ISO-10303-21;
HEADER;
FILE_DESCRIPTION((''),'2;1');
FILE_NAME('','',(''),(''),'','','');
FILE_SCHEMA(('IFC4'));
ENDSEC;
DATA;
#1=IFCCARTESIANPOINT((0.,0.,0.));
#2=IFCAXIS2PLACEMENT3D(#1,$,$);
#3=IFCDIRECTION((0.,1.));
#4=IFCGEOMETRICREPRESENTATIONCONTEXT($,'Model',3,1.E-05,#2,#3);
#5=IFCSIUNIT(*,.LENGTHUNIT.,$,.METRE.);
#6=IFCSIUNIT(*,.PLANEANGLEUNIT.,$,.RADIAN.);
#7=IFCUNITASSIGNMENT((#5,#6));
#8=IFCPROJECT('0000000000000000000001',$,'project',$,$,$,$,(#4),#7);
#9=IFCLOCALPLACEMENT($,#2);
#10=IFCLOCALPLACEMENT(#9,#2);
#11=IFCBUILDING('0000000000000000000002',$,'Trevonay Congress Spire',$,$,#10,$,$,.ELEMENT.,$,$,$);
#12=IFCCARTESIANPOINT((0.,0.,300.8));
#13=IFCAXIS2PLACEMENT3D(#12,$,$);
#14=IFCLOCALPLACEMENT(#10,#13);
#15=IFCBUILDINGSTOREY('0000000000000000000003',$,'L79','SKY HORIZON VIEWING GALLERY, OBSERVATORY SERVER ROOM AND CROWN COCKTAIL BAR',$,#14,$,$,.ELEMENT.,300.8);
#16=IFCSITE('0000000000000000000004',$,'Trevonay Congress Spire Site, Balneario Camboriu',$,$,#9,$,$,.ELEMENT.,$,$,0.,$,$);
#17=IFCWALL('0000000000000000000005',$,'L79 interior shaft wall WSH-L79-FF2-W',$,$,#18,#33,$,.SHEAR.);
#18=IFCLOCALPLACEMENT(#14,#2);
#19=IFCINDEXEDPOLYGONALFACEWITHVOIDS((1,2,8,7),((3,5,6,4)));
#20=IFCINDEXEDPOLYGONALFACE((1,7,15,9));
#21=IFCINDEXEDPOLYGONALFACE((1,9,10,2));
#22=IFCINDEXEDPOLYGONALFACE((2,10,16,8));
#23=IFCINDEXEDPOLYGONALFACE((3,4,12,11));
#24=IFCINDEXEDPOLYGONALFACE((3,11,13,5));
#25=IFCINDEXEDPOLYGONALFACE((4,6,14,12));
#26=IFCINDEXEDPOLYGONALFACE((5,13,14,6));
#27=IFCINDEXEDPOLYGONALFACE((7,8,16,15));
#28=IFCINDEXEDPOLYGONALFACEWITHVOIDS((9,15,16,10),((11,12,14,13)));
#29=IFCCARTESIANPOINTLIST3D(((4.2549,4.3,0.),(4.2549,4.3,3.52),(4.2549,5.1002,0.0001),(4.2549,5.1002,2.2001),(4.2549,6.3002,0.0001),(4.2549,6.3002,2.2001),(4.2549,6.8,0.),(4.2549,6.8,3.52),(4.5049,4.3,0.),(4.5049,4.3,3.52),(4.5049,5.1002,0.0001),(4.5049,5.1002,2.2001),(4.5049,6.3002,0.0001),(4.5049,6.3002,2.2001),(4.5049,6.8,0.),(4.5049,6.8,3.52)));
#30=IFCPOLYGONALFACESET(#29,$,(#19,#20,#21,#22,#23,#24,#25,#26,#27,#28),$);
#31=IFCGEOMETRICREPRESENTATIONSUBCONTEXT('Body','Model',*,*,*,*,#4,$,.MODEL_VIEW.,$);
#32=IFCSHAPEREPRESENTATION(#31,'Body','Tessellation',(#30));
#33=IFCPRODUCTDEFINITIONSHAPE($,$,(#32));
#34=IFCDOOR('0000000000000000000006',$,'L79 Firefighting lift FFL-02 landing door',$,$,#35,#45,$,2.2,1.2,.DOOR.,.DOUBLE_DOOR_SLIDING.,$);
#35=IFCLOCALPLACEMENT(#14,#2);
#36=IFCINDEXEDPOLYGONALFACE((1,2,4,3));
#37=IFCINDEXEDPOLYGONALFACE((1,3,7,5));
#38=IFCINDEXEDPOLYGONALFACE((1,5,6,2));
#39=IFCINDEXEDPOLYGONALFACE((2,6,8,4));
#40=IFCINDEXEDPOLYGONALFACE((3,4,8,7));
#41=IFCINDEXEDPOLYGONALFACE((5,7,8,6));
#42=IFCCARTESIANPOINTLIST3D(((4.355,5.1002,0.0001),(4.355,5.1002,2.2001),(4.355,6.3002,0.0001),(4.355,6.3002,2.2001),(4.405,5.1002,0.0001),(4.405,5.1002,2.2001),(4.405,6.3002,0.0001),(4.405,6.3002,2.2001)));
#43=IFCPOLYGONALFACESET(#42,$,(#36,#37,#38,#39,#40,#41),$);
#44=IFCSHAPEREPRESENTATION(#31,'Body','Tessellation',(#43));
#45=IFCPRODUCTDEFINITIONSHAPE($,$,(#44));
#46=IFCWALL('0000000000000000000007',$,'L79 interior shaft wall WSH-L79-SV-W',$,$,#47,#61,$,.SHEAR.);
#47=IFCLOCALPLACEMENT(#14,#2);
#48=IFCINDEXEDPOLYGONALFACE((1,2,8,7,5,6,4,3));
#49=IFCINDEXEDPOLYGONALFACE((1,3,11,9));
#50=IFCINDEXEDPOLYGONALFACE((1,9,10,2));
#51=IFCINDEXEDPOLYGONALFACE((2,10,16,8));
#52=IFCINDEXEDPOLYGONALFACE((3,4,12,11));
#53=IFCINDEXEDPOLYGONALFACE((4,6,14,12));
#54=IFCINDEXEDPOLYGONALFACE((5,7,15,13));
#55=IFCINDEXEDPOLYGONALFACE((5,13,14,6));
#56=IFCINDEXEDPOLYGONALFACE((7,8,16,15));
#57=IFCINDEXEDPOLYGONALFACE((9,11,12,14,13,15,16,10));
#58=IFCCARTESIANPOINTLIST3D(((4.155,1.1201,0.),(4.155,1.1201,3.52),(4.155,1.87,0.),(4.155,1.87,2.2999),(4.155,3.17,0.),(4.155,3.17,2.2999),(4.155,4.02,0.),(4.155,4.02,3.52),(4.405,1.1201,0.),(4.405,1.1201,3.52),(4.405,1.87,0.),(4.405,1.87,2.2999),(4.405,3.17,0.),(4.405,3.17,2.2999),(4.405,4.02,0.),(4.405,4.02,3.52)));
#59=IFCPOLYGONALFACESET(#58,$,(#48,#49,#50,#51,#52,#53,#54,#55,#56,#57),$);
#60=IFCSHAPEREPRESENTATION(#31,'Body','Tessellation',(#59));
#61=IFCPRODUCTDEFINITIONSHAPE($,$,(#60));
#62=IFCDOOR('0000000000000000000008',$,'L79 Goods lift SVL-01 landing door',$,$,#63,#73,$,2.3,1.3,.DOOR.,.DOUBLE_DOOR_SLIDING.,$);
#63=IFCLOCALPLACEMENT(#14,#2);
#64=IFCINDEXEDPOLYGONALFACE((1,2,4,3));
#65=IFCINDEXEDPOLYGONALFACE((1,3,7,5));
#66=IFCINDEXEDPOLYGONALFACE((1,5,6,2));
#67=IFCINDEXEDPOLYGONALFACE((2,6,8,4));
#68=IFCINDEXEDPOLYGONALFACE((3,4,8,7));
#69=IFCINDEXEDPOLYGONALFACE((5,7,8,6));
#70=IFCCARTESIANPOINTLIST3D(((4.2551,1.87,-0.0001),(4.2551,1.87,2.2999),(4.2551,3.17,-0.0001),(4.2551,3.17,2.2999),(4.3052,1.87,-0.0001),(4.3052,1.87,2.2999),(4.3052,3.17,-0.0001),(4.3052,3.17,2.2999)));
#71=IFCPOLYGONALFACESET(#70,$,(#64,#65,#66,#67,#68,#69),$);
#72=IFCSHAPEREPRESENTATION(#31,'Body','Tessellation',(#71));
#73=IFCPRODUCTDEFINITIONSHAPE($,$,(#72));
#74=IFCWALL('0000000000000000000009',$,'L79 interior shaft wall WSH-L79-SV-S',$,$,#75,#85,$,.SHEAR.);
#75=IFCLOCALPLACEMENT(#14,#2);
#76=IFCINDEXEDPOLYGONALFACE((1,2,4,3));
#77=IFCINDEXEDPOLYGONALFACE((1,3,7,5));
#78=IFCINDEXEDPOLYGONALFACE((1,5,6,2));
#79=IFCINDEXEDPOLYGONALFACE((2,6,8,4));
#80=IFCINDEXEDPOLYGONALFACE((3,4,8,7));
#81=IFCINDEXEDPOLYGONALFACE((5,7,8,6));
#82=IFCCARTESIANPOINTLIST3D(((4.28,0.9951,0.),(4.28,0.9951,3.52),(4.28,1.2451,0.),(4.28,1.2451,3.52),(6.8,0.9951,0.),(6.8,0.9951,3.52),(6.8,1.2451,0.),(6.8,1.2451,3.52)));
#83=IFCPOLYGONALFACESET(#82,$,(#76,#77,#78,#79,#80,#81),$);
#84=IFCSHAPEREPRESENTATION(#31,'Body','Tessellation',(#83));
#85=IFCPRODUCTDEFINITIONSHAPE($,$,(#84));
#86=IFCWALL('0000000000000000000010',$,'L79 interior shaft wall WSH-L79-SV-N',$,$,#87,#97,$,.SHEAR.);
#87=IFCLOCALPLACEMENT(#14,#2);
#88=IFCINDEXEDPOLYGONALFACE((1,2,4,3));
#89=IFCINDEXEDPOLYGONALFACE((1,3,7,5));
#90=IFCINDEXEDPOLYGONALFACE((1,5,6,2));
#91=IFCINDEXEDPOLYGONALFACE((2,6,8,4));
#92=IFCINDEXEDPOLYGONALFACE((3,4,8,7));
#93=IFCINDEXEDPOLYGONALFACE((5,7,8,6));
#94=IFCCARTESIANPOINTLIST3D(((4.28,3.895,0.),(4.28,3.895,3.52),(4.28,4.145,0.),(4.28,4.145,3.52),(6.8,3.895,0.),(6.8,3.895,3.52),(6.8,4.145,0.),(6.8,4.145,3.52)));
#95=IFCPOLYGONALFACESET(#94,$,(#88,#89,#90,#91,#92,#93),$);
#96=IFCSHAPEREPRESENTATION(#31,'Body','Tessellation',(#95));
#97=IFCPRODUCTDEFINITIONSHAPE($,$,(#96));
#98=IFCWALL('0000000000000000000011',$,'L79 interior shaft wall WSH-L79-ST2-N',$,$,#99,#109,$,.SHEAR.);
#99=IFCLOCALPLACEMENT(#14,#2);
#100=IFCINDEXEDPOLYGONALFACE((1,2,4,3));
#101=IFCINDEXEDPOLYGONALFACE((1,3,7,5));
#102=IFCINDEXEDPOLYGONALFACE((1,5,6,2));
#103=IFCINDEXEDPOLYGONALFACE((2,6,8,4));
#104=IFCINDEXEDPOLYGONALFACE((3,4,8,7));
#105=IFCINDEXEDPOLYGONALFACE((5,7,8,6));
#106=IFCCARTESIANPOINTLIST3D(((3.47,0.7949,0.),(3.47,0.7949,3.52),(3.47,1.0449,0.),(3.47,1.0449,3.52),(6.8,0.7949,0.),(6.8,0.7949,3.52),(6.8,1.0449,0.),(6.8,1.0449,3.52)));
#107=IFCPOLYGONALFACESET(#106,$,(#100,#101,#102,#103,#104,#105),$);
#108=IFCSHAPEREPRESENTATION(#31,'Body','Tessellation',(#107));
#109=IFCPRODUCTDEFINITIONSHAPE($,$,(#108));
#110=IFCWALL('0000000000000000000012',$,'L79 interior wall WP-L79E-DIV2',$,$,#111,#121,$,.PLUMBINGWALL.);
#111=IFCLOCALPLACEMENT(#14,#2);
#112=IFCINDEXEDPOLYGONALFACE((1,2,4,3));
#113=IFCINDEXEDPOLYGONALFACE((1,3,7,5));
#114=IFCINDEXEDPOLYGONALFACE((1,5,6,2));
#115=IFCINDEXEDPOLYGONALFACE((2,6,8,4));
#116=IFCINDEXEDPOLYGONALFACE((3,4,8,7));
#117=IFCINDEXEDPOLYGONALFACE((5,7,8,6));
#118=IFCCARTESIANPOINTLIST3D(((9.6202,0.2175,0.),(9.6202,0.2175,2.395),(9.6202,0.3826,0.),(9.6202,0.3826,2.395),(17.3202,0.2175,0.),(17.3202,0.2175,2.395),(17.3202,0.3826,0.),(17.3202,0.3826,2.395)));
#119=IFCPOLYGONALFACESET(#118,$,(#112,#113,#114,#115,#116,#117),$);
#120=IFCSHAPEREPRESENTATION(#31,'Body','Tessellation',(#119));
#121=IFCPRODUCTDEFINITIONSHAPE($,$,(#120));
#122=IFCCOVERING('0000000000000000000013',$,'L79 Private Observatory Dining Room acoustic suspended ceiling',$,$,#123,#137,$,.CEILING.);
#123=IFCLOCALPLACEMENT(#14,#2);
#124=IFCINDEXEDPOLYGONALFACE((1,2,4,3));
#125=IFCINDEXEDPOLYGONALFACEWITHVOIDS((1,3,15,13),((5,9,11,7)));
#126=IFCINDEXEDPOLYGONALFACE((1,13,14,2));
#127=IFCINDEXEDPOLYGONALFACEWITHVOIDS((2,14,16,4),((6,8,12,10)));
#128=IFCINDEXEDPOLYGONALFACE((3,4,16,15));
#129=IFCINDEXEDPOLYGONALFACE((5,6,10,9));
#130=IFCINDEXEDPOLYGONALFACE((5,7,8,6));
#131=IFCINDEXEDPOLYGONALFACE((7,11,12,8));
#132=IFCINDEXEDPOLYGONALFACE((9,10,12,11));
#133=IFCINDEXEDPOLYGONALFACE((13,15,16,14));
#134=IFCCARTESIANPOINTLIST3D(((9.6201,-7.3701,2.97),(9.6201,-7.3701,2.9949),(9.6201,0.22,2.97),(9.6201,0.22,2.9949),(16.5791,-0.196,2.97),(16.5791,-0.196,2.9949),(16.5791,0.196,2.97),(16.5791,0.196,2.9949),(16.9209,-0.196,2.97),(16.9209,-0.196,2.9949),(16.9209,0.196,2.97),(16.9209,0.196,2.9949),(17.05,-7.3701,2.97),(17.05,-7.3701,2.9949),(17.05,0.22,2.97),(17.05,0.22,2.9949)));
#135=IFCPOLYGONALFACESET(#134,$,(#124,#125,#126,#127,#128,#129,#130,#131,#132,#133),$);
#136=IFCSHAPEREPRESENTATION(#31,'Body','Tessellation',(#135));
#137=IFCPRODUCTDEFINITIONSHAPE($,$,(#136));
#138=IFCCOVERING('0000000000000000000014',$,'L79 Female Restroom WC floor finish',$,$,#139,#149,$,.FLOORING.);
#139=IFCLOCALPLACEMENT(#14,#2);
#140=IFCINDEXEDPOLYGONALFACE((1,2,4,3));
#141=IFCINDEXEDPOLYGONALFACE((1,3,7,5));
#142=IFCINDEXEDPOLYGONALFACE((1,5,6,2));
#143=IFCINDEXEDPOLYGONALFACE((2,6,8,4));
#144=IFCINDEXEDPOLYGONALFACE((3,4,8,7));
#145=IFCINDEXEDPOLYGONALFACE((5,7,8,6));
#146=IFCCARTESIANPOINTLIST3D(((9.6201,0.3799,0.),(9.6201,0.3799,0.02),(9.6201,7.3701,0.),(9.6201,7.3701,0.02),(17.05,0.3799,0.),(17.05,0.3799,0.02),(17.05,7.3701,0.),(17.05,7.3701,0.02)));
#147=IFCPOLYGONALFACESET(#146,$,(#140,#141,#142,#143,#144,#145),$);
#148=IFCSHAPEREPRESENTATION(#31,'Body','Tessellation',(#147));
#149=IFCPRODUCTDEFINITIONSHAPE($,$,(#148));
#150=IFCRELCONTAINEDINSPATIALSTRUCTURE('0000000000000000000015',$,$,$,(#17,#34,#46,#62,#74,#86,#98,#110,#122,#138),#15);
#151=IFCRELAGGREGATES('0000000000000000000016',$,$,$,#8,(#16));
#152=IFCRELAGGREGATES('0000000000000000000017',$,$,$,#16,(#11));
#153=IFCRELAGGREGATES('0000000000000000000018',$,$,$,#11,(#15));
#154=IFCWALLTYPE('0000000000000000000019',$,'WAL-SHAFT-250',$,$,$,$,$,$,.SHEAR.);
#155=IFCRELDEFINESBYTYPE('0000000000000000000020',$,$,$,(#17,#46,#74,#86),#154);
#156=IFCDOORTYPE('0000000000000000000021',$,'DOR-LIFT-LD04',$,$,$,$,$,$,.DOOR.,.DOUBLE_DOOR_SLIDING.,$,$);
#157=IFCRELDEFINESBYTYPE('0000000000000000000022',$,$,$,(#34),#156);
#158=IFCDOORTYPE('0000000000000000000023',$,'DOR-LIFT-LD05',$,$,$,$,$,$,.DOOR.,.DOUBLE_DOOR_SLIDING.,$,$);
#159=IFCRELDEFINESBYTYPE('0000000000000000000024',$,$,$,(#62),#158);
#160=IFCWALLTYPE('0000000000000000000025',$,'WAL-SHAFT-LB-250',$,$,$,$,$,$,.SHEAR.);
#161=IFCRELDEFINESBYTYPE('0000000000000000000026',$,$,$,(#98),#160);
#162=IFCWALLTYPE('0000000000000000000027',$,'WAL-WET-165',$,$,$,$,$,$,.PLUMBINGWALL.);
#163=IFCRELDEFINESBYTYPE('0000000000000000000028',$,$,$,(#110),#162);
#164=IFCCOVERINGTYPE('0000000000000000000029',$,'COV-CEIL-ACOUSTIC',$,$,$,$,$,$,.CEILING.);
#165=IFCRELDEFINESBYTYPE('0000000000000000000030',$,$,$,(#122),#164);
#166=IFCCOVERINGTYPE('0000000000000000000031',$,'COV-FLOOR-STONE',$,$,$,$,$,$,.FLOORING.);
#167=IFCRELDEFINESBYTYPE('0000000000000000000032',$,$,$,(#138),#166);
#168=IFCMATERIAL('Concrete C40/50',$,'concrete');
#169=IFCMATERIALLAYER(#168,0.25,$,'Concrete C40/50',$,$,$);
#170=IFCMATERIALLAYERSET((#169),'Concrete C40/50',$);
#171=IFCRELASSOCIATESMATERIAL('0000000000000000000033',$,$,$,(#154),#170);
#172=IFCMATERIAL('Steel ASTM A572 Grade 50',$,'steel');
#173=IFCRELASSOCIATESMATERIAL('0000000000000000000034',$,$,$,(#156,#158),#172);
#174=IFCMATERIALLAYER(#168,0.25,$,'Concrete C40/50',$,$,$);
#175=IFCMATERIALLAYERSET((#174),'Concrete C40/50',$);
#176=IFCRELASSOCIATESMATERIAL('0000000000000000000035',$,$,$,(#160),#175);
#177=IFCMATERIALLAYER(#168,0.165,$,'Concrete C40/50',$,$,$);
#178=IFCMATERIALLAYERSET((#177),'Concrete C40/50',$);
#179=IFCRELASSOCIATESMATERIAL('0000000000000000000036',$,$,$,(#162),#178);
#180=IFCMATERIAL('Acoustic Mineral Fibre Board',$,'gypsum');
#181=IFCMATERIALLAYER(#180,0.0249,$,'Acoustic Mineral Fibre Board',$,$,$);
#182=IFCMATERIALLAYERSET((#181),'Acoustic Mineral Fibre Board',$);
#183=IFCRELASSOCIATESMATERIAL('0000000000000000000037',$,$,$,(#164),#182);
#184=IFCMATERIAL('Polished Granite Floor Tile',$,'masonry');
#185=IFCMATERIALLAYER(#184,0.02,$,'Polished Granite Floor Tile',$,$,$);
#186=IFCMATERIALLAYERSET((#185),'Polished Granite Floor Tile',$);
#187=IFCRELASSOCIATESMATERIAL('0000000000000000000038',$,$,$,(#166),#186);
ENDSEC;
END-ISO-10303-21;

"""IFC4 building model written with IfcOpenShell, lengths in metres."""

from ifc_helpers import new_model, si_unit, direction, frame, frame_2d, origin, place, context, subcontext, project, spatial, polyline, rectangle, outline, extrude, material, layer, layer_set, type_object, element, fill, save


model = new_model("IFC4")

# Units and contexts
model_context = context("Model", 3, precision=1e-05, world=origin(), true_north=direction((0.0, 1.0)))
body_context = subcontext(model_context, "Body", "Model", "MODEL_VIEW")
ifc_project = project(units=[si_unit("LENGTHUNIT", "METRE"), si_unit("PLANEANGLEUNIT", "RADIAN")], contexts=[model_context])

# Site, building, storey
site_placement = place(None, origin())
site = spatial("IfcSite", under=ifc_project, at=site_placement, Name="Trevonay Congress Spire Site, Balneario Camboriu", CompositionType="ELEMENT", RefElevation=0.0)
building_placement = place(site_placement, origin())
building = spatial("IfcBuilding", under=site, at=building_placement, Name="Trevonay Congress Spire", CompositionType="ELEMENT")
storey_placement = place(building_placement, frame((0.0, 0.0, 300.8)))
storey = spatial("IfcBuildingStorey", under=building, at=storey_placement, Name="L79", Description="SKY HORIZON VIEWING GALLERY, OBSERVATORY SERVER ROOM AND CROWN COCKTAIL BAR", CompositionType="ELEMENT", Elevation=300.8)

# Shared definitions
ifc_material_1 = material(Name="Concrete C40/50", Category="concrete")
ifc_layer_1 = layer(ifc_material_1, 0.25, Name="Concrete C40/50")
ifc_layer_set_1 = layer_set([ifc_layer_1], Name="Concrete C40/50")
wall_type_1 = type_object("IfcWallType", Name="WAL-SHAFT-250", PredefinedType="SHEAR", material=ifc_layer_set_1)

# Walls, openings, doors
wall_1_placement = place(storey_placement, frame((4.3799, 4.3, 0.0), z_axis=(0.0, 0.0, 1.0), x_axis=(0.0, 1.0, 0.0)))
wall_1 = element("IfcWall", 1, at=wall_1_placement, inside=storey, type_object=wall_type_1, Name="L79 interior shaft wall WSH-L79-FF2-W", PredefinedType="SHEAR", context=body_context, shape_type="SweptSolid", body=[
    extrude(rectangle(XDim=2.5, YDim=0.25, at=frame_2d((1.25, 0.0))), origin(), (0.0, 0.0, 1.0), 3.52),
])
opening_1_placement = place(wall_1_placement, frame((0.8, 0.0, 0.0)))
opening_1 = element("IfcOpeningElement", 2, at=opening_1_placement, cuts=wall_1, PredefinedType="OPENING", context=body_context, shape_type="SweptSolid", body=[
    extrude(rectangle(XDim=1.2, YDim=2.2, at=frame_2d((0.6001, 1.1001))), frame((0.0, 0.135, 0.0), z_axis=(0.0, -1.0, 0.0), x_axis=(1.0, 0.0, 0.0)), (0.0, 0.0, 1.0), 0.27),
])
ifc_material_2 = material(Name="Steel ASTM A572 Grade 50", Category="steel")
door_type_1 = type_object("IfcDoorType", Name="DOR-LIFT-LD04", OperationType="DOUBLE_DOOR_SLIDING", PredefinedType="DOOR", material=ifc_material_2)
door_1_placement = place(opening_1_placement, origin())
door_1 = element("IfcDoor", 3, at=door_1_placement, inside=storey, type_object=door_type_1, Name="L79 Firefighting lift FFL-02 landing door", OperationType="DOUBLE_DOOR_SLIDING", OverallHeight=2.2, OverallWidth=1.2, PredefinedType="DOOR", context=body_context, shape_type="SweptSolid", body=[
    extrude(rectangle(XDim=1.2, YDim=2.2, at=frame_2d((0.6001, 1.1001))), frame((0.0, 0.0249, 0.0), z_axis=(0.0, -1.0, 0.0), x_axis=(1.0, 0.0, 0.0)), (0.0, 0.0, 1.0), 0.05),
])
fill(opening_1, door_1)
wall_2_placement = place(storey_placement, frame((4.28, 1.1201, 0.0), z_axis=(0.0, 0.0, 1.0), x_axis=(0.0, 1.0, 0.0)))
wall_2 = element("IfcWall", 4, at=wall_2_placement, inside=storey, type_object=wall_type_1, Name="L79 interior shaft wall WSH-L79-SV-W", PredefinedType="SHEAR", context=body_context, shape_type="SweptSolid", body=[
    extrude(rectangle(XDim=2.8999, YDim=0.25, at=frame_2d((1.45, 0.0))), origin(), (0.0, 0.0, 1.0), 3.52),
])
opening_2_placement = place(wall_2_placement, frame((0.75, 0.0, 0.0)))
opening_2 = element("IfcOpeningElement", 5, at=opening_2_placement, cuts=wall_2, PredefinedType="OPENING", context=body_context, shape_type="SweptSolid", body=[
    extrude(rectangle(XDim=1.3, YDim=2.3, at=frame_2d((0.6499, 1.1499))), frame((0.0, 0.135, 0.0), z_axis=(0.0, -1.0, 0.0), x_axis=(1.0, 0.0, 0.0)), (0.0, 0.0, 1.0), 0.27),
])
door_type_2 = type_object("IfcDoorType", Name="DOR-LIFT-LD05", OperationType="DOUBLE_DOOR_SLIDING", PredefinedType="DOOR", material=ifc_material_2)
door_2_placement = place(opening_2_placement, origin())
door_2 = element("IfcDoor", 6, at=door_2_placement, inside=storey, type_object=door_type_2, Name="L79 Goods lift SVL-01 landing door", OperationType="DOUBLE_DOOR_SLIDING", OverallHeight=2.3, OverallWidth=1.3, PredefinedType="DOOR", context=body_context, shape_type="SweptSolid", body=[
    extrude(rectangle(XDim=1.3, YDim=2.3, at=frame_2d((0.6499, 1.1499))), frame((0.0, 0.0249, 0.0), z_axis=(0.0, -1.0, 0.0), x_axis=(1.0, 0.0, 0.0)), (0.0, 0.0, 1.0), 0.05),
])
fill(opening_2, door_2)

# Walls
for number, where, z_axis, x_axis, name in (
    (7, (4.28, 1.1201, 0.0), (0.0, 0.0, 1.0), (1.0, 0.0, 0.0), "L79 interior shaft wall WSH-L79-SV-S"),
    (8, (4.28, 4.02, 0.0), (0.0, 0.0, 1.0), (1.0, 0.0, 0.0), "L79 interior shaft wall WSH-L79-SV-N"),
):
    element("IfcWall", number, at=place(storey_placement, frame(where, z_axis=z_axis, x_axis=x_axis)), inside=storey, type_object=wall_type_1, Name=name, PredefinedType="SHEAR", context=body_context, shape_type="SweptSolid", body=[
        extrude(rectangle(XDim=2.52, YDim=0.25, at=frame_2d((1.26, 0.0))), origin(), (0.0, 0.0, 1.0), 3.52),
    ])
ifc_layer_2 = layer(ifc_material_1, 0.25, Name="Concrete C40/50")
ifc_layer_set_2 = layer_set([ifc_layer_2], Name="Concrete C40/50")
wall_type_2 = type_object("IfcWallType", Name="WAL-SHAFT-LB-250", PredefinedType="SHEAR", material=ifc_layer_set_2)
wall_3_placement = place(storey_placement, frame((3.47, 0.9199, 0.0), z_axis=(0.0, 0.0, 1.0), x_axis=(1.0, 0.0, 0.0)))
element("IfcWall", 9, at=wall_3_placement, inside=storey, type_object=wall_type_2, Name="L79 interior shaft wall WSH-L79-ST2-N", PredefinedType="SHEAR", context=body_context, shape_type="SweptSolid", body=[
    extrude(rectangle(XDim=3.3301, YDim=0.25, at=frame_2d((1.665, 0.0))), origin(), (0.0, 0.0, 1.0), 3.52),
])
ifc_layer_3 = layer(ifc_material_1, 0.165, Name="Concrete C40/50")
ifc_layer_set_3 = layer_set([ifc_layer_3], Name="Concrete C40/50")
wall_type_3 = type_object("IfcWallType", Name="WAL-WET-165", PredefinedType="PLUMBINGWALL", material=ifc_layer_set_3)
wall_4_placement = place(storey_placement, frame((9.6201, 0.3, 0.0), z_axis=(0.0, 0.0, 1.0), x_axis=(1.0, 0.0, 0.0)))
element("IfcWall", 10, at=wall_4_placement, inside=storey, type_object=wall_type_3, Name="L79 interior wall WP-L79E-DIV2", PredefinedType="PLUMBINGWALL", context=body_context, shape_type="SweptSolid", body=[
    extrude(rectangle(XDim=7.7, YDim=0.165, at=frame_2d((3.8501, 0.0))), origin(), (0.0, 0.0, 1.0), 2.395),
])

# Coverings
ifc_material_3 = material(Name="Acoustic Mineral Fibre Board", Category="gypsum")
ifc_layer_4 = layer(ifc_material_3, 0.0249, Name="Acoustic Mineral Fibre Board")
ifc_layer_set_4 = layer_set([ifc_layer_4], Name="Acoustic Mineral Fibre Board")
covering_type_1 = type_object("IfcCoveringType", Name="COV-CEIL-ACOUSTIC", PredefinedType="CEILING", material=ifc_layer_set_4)
covering_1_placement = place(storey_placement, frame((0.0, 0.0, 2.97)))
element("IfcCovering", 11, at=covering_1_placement, inside=storey, type_object=covering_type_1, Name="L79 Private Observatory Dining Room acoustic suspended ceiling", PredefinedType="CEILING", context=body_context, shape_type="SweptSolid", body=[
    extrude(outline(polyline([(9.6201, 0.22), (17.05, 0.22), (17.05, -7.3701), (9.6201, -7.3701), (9.6201, 0.22)]), holes=[polyline([(16.9209, -0.196), (16.9209, 0.196), (16.5791, 0.196), (16.5791, -0.196), (16.9209, -0.196)])]), origin(), (0.0, 0.0, 1.0), 0.0249),
])
ifc_material_4 = material(Name="Polished Granite Floor Tile", Category="masonry")
ifc_layer_5 = layer(ifc_material_4, 0.02, Name="Polished Granite Floor Tile")
ifc_layer_set_5 = layer_set([ifc_layer_5], Name="Polished Granite Floor Tile")
covering_type_2 = type_object("IfcCoveringType", Name="COV-FLOOR-STONE", PredefinedType="FLOORING", material=ifc_layer_set_5)
covering_2_placement = place(storey_placement, origin())
element("IfcCovering", 12, at=covering_2_placement, inside=storey, type_object=covering_type_2, Name="L79 Female Restroom WC floor finish", PredefinedType="FLOORING", context=body_context, shape_type="SweptSolid", body=[
    extrude(outline(polyline([(9.6201, 0.3799), (17.05, 0.3799), (17.05, 7.3701), (9.6201, 7.3701), (9.6201, 0.3799)])), origin(), (0.0, 0.0, 1.0), 0.02),
])

save(model, "model.ifc")
